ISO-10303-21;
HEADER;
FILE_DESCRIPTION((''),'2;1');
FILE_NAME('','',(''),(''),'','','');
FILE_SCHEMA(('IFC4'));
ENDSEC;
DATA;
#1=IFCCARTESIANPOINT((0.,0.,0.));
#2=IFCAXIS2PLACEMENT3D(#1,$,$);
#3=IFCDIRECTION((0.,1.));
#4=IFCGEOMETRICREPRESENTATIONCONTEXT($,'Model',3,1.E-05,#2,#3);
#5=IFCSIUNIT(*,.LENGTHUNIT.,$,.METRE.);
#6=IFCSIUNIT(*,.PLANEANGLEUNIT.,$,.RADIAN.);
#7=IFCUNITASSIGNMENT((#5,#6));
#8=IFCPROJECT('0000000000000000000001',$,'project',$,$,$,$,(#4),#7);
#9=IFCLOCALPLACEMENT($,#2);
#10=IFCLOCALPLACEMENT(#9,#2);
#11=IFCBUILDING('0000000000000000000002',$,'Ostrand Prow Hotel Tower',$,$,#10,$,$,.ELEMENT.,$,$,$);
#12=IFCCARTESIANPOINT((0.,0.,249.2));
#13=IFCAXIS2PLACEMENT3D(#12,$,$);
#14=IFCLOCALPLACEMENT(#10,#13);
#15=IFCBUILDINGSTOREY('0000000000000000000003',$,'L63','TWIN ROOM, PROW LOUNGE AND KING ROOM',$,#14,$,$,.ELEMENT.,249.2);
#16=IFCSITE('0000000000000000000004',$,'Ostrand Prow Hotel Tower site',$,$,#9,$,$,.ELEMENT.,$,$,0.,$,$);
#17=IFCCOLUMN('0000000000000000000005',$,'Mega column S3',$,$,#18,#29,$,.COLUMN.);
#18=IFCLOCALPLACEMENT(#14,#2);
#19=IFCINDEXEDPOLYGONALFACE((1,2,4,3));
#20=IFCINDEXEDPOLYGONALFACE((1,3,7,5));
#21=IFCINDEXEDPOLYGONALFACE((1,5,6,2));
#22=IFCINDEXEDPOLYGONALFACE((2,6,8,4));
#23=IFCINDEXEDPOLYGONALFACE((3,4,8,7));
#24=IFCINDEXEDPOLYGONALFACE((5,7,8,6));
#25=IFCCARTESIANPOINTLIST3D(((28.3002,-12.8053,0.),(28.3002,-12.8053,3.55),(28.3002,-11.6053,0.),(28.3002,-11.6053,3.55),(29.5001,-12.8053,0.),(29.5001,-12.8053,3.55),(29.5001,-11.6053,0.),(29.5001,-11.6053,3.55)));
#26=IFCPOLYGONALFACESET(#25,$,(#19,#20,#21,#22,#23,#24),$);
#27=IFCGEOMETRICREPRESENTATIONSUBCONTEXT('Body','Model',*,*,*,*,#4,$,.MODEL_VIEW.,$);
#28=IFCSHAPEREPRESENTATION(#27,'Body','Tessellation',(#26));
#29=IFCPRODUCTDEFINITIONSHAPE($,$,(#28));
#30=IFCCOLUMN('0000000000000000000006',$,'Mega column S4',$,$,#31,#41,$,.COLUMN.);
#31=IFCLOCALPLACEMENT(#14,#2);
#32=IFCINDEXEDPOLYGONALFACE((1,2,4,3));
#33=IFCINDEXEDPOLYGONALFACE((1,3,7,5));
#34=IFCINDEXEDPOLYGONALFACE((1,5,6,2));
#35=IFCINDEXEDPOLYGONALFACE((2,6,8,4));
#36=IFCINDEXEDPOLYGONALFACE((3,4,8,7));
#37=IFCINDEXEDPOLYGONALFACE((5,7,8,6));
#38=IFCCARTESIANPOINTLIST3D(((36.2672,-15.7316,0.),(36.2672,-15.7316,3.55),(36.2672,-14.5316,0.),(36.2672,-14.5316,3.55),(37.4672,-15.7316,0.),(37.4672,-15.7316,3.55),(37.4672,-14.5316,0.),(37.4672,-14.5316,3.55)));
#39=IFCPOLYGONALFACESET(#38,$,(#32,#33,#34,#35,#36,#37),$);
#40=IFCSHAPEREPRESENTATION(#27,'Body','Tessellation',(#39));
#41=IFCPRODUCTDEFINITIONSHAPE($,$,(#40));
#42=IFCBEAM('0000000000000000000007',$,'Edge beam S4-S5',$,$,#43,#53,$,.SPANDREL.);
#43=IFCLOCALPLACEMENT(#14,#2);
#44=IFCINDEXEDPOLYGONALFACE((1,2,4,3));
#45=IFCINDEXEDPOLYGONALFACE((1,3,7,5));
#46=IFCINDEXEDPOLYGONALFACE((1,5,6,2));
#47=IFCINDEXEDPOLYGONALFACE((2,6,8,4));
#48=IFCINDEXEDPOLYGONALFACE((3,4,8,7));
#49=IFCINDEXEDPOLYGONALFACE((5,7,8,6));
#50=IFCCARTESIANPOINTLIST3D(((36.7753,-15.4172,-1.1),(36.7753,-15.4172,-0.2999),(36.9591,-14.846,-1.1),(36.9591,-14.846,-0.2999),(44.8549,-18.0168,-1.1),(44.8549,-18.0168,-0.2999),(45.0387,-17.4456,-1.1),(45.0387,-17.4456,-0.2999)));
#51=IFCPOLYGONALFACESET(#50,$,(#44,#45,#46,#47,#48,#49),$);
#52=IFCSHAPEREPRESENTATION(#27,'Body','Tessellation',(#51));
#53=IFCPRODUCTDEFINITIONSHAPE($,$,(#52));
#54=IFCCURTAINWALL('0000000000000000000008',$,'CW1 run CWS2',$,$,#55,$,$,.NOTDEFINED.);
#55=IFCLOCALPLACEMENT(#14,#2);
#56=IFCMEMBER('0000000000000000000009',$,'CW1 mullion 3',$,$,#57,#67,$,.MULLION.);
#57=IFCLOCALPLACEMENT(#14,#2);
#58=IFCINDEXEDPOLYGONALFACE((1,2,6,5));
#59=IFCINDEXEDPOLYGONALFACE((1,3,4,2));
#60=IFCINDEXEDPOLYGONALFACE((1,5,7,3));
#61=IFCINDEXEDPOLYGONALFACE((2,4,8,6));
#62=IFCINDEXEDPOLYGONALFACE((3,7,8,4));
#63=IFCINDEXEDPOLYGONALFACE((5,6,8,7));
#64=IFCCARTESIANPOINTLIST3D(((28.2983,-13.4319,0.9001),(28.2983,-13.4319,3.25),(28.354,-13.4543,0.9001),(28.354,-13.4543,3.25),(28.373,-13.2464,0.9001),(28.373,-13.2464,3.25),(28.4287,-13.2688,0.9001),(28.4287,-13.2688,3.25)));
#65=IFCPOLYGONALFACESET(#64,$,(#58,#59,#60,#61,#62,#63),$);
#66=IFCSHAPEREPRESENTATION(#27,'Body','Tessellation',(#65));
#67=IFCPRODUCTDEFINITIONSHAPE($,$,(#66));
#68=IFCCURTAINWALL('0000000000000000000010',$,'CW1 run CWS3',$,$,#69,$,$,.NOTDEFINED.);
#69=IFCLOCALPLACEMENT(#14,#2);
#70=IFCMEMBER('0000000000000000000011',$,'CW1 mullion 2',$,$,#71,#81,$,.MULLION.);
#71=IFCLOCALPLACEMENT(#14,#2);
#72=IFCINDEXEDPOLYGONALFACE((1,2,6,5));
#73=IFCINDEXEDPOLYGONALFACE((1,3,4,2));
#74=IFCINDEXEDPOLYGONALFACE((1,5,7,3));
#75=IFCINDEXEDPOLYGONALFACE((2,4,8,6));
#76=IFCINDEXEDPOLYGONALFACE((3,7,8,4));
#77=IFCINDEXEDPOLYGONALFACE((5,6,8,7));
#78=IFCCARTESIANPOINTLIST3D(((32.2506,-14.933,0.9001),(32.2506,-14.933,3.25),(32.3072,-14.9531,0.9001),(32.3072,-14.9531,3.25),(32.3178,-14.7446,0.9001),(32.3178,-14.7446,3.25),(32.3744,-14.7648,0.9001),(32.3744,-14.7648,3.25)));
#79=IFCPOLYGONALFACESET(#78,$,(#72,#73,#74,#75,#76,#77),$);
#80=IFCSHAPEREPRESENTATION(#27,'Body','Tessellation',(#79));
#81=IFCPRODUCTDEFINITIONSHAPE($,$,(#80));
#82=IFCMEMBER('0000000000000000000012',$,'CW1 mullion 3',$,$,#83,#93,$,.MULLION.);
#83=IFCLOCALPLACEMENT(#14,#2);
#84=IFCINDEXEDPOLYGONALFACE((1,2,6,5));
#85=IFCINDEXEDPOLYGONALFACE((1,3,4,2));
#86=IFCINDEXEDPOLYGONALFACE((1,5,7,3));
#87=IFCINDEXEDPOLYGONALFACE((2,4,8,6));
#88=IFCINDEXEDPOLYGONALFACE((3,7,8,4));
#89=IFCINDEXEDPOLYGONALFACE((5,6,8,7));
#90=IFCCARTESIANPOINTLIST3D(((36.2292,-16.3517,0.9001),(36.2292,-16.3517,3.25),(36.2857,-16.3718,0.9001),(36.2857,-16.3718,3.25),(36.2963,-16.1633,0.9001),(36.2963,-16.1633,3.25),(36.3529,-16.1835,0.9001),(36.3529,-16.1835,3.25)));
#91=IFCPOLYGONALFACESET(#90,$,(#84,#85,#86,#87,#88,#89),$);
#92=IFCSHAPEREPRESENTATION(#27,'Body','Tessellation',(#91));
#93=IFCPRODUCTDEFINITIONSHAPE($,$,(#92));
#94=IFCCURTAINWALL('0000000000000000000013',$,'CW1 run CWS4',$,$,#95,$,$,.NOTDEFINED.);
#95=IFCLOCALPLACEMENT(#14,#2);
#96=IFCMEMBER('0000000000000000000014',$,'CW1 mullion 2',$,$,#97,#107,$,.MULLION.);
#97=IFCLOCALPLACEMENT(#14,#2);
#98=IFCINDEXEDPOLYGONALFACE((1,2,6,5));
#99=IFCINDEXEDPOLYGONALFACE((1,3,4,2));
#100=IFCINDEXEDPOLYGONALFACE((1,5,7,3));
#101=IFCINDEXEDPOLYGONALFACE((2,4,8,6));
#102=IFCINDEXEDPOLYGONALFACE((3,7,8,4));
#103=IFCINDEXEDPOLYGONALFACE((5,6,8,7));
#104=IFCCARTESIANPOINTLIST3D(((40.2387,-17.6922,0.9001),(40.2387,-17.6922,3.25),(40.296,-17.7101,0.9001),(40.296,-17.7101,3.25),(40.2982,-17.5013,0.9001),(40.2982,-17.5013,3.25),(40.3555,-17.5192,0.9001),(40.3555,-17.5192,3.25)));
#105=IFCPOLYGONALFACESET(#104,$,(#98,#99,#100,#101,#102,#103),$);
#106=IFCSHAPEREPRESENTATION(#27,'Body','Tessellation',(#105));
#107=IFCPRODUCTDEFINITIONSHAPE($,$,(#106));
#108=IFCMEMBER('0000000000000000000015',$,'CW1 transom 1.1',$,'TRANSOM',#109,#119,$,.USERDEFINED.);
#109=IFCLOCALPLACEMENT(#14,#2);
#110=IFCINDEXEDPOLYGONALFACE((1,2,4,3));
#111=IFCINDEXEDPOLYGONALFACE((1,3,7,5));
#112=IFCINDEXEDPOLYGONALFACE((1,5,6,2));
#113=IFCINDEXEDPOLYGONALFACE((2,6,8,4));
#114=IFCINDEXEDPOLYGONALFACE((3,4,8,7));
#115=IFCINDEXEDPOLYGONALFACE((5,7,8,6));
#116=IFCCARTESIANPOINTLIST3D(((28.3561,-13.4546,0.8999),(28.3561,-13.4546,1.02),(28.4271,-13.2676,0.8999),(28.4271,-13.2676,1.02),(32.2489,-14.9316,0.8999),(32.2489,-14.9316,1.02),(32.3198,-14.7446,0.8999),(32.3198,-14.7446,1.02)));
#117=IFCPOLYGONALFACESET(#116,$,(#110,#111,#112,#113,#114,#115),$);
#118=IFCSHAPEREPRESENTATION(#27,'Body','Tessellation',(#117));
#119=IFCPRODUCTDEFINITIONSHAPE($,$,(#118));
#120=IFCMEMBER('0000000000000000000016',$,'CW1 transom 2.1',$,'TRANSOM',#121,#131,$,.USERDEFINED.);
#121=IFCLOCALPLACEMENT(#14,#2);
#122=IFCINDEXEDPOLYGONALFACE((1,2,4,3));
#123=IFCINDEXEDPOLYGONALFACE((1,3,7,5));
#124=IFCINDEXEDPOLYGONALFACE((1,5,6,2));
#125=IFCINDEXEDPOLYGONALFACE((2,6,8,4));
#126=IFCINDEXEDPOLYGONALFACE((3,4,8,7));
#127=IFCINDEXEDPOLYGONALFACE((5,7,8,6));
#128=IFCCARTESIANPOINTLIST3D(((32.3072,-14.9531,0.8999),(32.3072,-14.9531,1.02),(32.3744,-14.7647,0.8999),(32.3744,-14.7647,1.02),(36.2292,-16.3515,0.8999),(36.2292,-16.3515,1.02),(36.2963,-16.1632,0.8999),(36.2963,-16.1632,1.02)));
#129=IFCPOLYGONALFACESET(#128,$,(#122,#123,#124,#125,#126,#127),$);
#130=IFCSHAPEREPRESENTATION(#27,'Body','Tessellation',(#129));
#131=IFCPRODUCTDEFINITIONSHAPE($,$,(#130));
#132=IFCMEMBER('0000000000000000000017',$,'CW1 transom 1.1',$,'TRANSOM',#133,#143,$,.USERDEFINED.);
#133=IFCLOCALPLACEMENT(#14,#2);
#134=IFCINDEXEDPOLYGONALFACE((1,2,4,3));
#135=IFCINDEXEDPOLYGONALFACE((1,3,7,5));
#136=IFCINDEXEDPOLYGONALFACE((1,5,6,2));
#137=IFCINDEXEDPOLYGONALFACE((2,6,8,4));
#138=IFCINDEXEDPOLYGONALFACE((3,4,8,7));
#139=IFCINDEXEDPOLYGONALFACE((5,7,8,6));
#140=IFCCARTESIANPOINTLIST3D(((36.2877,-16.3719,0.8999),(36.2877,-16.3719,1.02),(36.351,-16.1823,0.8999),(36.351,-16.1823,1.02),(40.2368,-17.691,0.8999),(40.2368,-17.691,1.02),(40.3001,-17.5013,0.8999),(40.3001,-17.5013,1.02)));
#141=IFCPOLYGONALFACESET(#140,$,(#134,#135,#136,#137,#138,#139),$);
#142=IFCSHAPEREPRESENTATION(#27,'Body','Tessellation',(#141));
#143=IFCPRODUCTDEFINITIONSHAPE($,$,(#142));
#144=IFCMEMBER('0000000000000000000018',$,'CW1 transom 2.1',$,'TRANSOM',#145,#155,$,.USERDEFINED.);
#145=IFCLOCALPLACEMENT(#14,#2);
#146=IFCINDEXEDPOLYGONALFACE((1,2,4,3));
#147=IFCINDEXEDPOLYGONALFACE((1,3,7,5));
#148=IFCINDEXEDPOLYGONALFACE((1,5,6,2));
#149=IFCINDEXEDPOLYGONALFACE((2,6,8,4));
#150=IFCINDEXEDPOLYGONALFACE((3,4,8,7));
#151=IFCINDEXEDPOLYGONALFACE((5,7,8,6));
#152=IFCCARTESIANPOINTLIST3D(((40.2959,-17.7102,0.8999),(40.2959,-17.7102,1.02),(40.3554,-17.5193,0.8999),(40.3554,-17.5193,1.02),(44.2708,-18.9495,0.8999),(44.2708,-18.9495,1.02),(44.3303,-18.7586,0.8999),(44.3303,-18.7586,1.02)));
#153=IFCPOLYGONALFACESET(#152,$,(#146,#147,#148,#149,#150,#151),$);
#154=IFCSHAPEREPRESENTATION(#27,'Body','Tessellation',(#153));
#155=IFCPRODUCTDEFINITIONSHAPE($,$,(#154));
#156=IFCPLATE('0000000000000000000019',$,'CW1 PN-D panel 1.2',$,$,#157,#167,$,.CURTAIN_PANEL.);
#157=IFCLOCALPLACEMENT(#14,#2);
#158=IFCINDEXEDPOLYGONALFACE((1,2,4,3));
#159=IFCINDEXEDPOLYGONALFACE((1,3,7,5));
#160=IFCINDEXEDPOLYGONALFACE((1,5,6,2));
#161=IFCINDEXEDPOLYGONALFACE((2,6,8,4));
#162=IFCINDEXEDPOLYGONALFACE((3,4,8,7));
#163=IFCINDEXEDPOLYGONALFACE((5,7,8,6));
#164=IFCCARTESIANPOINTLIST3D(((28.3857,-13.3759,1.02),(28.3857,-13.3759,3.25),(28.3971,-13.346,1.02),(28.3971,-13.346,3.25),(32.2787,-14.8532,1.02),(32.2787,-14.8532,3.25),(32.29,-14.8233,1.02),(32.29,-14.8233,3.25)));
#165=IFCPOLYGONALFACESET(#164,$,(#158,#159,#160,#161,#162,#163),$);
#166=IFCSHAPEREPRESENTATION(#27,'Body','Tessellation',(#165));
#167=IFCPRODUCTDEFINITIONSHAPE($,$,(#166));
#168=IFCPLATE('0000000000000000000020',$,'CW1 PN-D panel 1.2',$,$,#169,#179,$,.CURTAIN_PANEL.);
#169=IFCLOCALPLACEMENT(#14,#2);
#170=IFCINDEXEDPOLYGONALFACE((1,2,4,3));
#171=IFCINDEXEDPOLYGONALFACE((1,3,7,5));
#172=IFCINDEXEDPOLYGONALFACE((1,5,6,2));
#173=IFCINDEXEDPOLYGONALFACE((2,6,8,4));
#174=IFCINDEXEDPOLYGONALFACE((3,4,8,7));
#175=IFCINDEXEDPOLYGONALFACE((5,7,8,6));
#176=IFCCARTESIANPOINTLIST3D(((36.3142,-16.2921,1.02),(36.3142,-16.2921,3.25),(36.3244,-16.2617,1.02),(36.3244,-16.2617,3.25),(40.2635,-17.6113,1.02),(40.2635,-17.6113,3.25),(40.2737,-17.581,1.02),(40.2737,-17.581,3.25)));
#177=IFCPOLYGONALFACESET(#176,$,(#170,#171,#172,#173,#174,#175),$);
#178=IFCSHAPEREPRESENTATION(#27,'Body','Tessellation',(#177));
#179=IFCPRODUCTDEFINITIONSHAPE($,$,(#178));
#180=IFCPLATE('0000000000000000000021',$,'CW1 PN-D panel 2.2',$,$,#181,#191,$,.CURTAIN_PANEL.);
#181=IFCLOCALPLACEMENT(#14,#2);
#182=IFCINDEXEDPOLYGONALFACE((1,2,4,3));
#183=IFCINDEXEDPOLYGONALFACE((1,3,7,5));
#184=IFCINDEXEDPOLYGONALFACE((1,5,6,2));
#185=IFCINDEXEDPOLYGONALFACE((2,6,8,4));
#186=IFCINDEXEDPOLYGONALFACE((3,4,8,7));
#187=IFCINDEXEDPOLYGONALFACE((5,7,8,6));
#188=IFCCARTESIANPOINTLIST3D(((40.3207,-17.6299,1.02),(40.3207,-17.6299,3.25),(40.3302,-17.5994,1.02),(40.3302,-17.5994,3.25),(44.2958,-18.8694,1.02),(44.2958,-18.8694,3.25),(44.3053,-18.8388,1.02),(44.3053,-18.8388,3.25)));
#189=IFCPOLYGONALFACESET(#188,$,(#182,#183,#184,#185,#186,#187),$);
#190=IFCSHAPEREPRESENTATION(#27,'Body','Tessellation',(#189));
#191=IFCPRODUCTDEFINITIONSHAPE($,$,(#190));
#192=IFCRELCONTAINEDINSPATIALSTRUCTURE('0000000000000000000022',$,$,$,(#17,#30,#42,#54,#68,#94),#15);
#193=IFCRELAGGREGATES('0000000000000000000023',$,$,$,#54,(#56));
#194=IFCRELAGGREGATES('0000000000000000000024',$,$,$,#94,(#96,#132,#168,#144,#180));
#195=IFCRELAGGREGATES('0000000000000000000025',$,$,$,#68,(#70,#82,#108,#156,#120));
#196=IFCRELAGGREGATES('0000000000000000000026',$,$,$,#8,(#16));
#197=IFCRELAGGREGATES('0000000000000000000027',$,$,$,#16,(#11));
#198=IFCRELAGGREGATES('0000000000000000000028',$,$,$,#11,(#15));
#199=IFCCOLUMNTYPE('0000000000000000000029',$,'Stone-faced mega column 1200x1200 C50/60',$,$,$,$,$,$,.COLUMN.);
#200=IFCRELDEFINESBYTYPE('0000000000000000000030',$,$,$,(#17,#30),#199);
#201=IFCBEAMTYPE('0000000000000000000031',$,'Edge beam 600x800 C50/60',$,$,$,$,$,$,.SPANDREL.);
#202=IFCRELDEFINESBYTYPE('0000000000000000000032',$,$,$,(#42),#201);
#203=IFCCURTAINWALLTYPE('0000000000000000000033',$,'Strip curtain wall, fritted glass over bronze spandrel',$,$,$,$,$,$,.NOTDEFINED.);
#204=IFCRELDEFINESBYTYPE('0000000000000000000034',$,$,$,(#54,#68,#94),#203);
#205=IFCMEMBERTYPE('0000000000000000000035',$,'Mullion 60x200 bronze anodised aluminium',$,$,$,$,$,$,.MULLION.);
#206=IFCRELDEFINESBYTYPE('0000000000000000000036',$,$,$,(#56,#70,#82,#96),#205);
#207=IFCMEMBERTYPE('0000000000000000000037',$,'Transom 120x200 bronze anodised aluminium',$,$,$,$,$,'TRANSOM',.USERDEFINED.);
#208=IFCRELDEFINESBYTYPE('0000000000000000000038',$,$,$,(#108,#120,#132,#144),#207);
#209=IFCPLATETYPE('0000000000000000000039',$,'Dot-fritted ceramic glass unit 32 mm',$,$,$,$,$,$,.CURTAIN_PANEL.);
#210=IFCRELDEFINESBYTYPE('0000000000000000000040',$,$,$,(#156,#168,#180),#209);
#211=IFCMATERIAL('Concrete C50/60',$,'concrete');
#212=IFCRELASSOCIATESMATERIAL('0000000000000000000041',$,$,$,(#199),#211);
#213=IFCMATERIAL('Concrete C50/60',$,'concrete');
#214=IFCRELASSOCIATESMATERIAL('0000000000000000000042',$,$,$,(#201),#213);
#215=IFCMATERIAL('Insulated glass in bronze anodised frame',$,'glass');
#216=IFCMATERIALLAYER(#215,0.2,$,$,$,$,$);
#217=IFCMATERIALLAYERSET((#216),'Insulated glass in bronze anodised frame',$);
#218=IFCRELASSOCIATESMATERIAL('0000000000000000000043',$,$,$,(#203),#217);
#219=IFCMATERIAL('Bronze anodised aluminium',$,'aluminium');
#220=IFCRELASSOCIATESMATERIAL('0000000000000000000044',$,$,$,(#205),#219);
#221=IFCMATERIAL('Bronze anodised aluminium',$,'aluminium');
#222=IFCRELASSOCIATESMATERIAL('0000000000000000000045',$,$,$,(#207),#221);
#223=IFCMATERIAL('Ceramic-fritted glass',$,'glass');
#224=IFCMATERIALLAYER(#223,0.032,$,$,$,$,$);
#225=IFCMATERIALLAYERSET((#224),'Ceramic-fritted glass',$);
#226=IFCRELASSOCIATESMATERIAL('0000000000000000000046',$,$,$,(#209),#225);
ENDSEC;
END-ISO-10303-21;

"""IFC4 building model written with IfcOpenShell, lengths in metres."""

from ifc_helpers import new_model, si_unit, direction, frame, origin, origin_2d, place, context, subcontext, project, spatial, rectangle, extrude, material, layer, layer_set, material_profile, profile_set, type_object, element, aggregate, save


model = new_model("IFC4")

# Units and contexts
model_context = context("Model", 3, precision=1e-05, world=origin(), true_north=direction((0.0, 1.0)))
body_context = subcontext(model_context, "Body", "Model", "MODEL_VIEW")
ifc_project = project(units=[si_unit("LENGTHUNIT", "METRE"), si_unit("PLANEANGLEUNIT", "RADIAN")], contexts=[model_context])

# Site, building, storey
site_placement = place(None, origin())
site = spatial("IfcSite", under=ifc_project, at=site_placement, Name="Ostrand Prow Hotel Tower site", CompositionType="ELEMENT", RefElevation=0.0)
building_placement = place(site_placement, origin())
building = spatial("IfcBuilding", under=site, at=building_placement, Name="Ostrand Prow Hotel Tower", CompositionType="ELEMENT")
storey_placement = place(building_placement, frame((0.0, 0.0, 249.2)))
storey = spatial("IfcBuildingStorey", under=building, at=storey_placement, Name="L63", Description="TWIN ROOM, PROW LOUNGE AND KING ROOM", CompositionType="ELEMENT", Elevation=249.2)

# Columns
ifc_material_1 = material(Name="Concrete C50/60", Category="concrete")
ifc_material_profile_1 = material_profile(ifc_material_1, rectangle(XDim=1.2, YDim=1.2, at=origin_2d()), Name="RC 1200x1200")
ifc_profile_set_1 = profile_set([ifc_material_profile_1], Name="Concrete C50/60")
column_type = type_object("IfcColumnType", Name="Stone-faced mega column 1200x1200 C50/60", PredefinedType="COLUMN", material=ifc_profile_set_1)
for number, where, z_axis, x_axis, name in (
    (1, (28.9001, -12.2053, 0.0), (0.0, 0.0, 1.0), (1.0, 0.0, 0.0), "Mega column S3"),
    (2, (36.8672, -15.1316, 0.0), (0.0, 0.0, 1.0), (1.0, 0.0, 0.0), "Mega column S4"),
):
    element("IfcColumn", number, at=place(storey_placement, frame(where, z_axis=z_axis, x_axis=x_axis)), inside=storey, type_object=column_type, Name=name, PredefinedType="COLUMN", context=body_context, shape_type="SweptSolid", body=[
        extrude(rectangle(XDim=1.2, YDim=1.2, at=origin_2d()), origin(), (0.0, 0.0, 1.0), 3.55),
    ])

# Beam
ifc_material_2 = material(Name="Concrete C50/60", Category="concrete")
ifc_material_profile_2 = material_profile(ifc_material_2, rectangle(XDim=0.6001, YDim=0.8, at=origin_2d()), Name="RC 600x800")
ifc_profile_set_2 = profile_set([ifc_material_profile_2], Name="Concrete C50/60")
beam_type = type_object("IfcBeamType", Name="Edge beam 600x800 C50/60", PredefinedType="SPANDREL", material=ifc_profile_set_2)
beam_placement = place(storey_placement, frame((36.8672, -15.1316, -0.7), z_axis=(0.951939, -0.306287, 0.0), x_axis=(0.306287, 0.951939, 0.0)))
element("IfcBeam", 3, at=beam_placement, inside=storey, type_object=beam_type, Name="Edge beam S4-S5", PredefinedType="SPANDREL", context=body_context, shape_type="SweptSolid", body=[
    extrude(rectangle(XDim=0.6001, YDim=0.8, at=origin_2d()), origin(), (0.0, 0.0, 1.0), 8.4875),
])

# Curtain wall, member
ifc_material_3 = material(Name="Insulated glass in bronze anodised frame", Category="glass")
ifc_layer_1 = layer(ifc_material_3, 0.2)
ifc_layer_set_1 = layer_set([ifc_layer_1], Name="Insulated glass in bronze anodised frame")
curtain_wall_type = type_object("IfcCurtainWallType", Name="Strip curtain wall, fritted glass over bronze spandrel", PredefinedType="NOTDEFINED", material=ifc_layer_set_1)
curtain_wall_1_placement = place(storey_placement, origin())
curtain_wall_1 = element("IfcCurtainWall", 4, at=curtain_wall_1_placement, inside=storey, type_object=curtain_wall_type, Name="CW1 run CWS2", PredefinedType="NOTDEFINED")
ifc_material_4 = material(Name="Bronze anodised aluminium", Category="aluminium")
ifc_material_profile_3 = material_profile(ifc_material_4, rectangle(XDim=0.2, YDim=0.0601, at=origin_2d()), Name="Mullion 60x200 bronze anodised aluminium")
ifc_profile_set_3 = profile_set([ifc_material_profile_3], Name="Bronze anodised aluminium")
member_type_1 = type_object("IfcMemberType", Name="Mullion 60x200 bronze anodised aluminium", PredefinedType="MULLION", material=ifc_profile_set_3)
member_1_placement = place(storey_placement, frame((28.3635, -13.3503, 0.9001), z_axis=(0.0, 0.0, 1.0), x_axis=(0.373533, 0.927617, 0.0)))
member_1 = element("IfcMember", 5, at=member_1_placement, type_object=member_type_1, Name="CW1 mullion 3", PredefinedType="MULLION", context=body_context, shape_type="SweptSolid", body=[
    extrude(rectangle(XDim=0.2, YDim=0.0601, at=origin_2d()), origin(), (0.0, 0.0, 1.0), 2.3499),
])
aggregate(curtain_wall_1, [member_1])

# Curtain wall, members
curtain_wall_2_placement = place(storey_placement, origin())
curtain_wall_2 = element("IfcCurtainWall", 6, at=curtain_wall_2_placement, inside=storey, type_object=curtain_wall_type, Name="CW1 run CWS3", PredefinedType="NOTDEFINED")
member_2_placement = place(storey_placement, frame((32.3125, -14.8489, 0.9001), z_axis=(0.0, 0.0, 1.0), x_axis=(0.335877, 0.941906, 0.0)))
member_2 = element("IfcMember", 7, at=member_2_placement, type_object=member_type_1, Name="CW1 mullion 2", PredefinedType="MULLION", context=body_context, shape_type="SweptSolid", body=[
    extrude(rectangle(XDim=0.2, YDim=0.0601, at=origin_2d()), origin(), (0.0, 0.0, 1.0), 2.3499),
])
member_3_placement = place(storey_placement, frame((36.291, -16.2676, 0.9001), z_axis=(0.0, 0.0, 1.0), x_axis=(0.335877, 0.941906, 0.0)))
member_3 = element("IfcMember", 8, at=member_3_placement, type_object=member_type_1, Name="CW1 mullion 3", PredefinedType="MULLION", context=body_context, shape_type="SweptSolid", body=[
    extrude(rectangle(XDim=0.2, YDim=0.0601, at=origin_2d()), origin(), (0.0, 0.0, 1.0), 2.3499),
])

# Curtain wall, member
curtain_wall_3_placement = place(storey_placement, origin())
curtain_wall_3 = element("IfcCurtainWall", 9, at=curtain_wall_3_placement, inside=storey, type_object=curtain_wall_type, Name="CW1 run CWS4", PredefinedType="NOTDEFINED")
member_4_placement = place(storey_placement, frame((40.2971, -17.6057, 0.9001), z_axis=(0.0, 0.0, 1.0), x_axis=(0.297678, 0.954666, 0.0)))
member_4 = element("IfcMember", 10, at=member_4_placement, type_object=member_type_1, Name="CW1 mullion 2", PredefinedType="MULLION", context=body_context, shape_type="SweptSolid", body=[
    extrude(rectangle(XDim=0.2, YDim=0.0601, at=origin_2d()), origin(), (0.0, 0.0, 1.0), 2.3499),
])

# Members
ifc_material_5 = material(Name="Bronze anodised aluminium", Category="aluminium")
ifc_material_profile_4 = material_profile(ifc_material_5, rectangle(XDim=0.2, YDim=0.1201, at=origin_2d()), Name="Transom 120x200 bronze anodised aluminium")
ifc_profile_set_4 = profile_set([ifc_material_profile_4], Name="Bronze anodised aluminium")
member_type_2 = type_object("IfcMemberType", Name="Transom 120x200 bronze anodised aluminium", ElementType="TRANSOM", PredefinedType="USERDEFINED", material=ifc_profile_set_4)
member_5_placement = place(storey_placement, frame((28.3916, -13.3611, 0.96), z_axis=(0.934961, -0.354751, 0.0), x_axis=(0.354751, 0.934961, 0.0)))
member_5 = element("IfcMember", 11, at=member_5_placement, type_object=member_type_2, Name="CW1 transom 1.1", ObjectType="TRANSOM", PredefinedType="USERDEFINED", context=body_context, shape_type="SweptSolid", body=[
    extrude(rectangle(XDim=0.2, YDim=0.1201, at=origin_2d()), origin(), (0.0, 0.0, 1.0), 4.1636),
])
member_6_placement = place(storey_placement, frame((32.3408, -14.8589, 0.96), z_axis=(0.941912, -0.335861, 0.0), x_axis=(0.335861, 0.941912, 0.0)))
member_6 = element("IfcMember", 12, at=member_6_placement, type_object=member_type_2, Name="CW1 transom 2.1", ObjectType="TRANSOM", PredefinedType="USERDEFINED", context=body_context, shape_type="SweptSolid", body=[
    extrude(rectangle(XDim=0.2, YDim=0.1201, at=origin_2d()), origin(), (0.0, 0.0, 1.0), 4.1638),
])
member_7_placement = place(storey_placement, frame((36.3193, -16.2771, 0.96), z_axis=(0.94849, -0.316808, 0.0), x_axis=(0.316808, 0.94849, 0.0)))
member_7 = element("IfcMember", 13, at=member_7_placement, type_object=member_type_2, Name="CW1 transom 1.1", ObjectType="TRANSOM", PredefinedType="USERDEFINED", context=body_context, shape_type="SweptSolid", body=[
    extrude(rectangle(XDim=0.2, YDim=0.1201, at=origin_2d()), origin(), (0.0, 0.0, 1.0), 4.1636),
])
member_8_placement = place(storey_placement, frame((40.3257, -17.6147, 0.96), z_axis=(0.954677, -0.297644, 0.0), x_axis=(0.297644, 0.954677, 0.0)))
member_8 = element("IfcMember", 14, at=member_8_placement, type_object=member_type_2, Name="CW1 transom 2.1", ObjectType="TRANSOM", PredefinedType="USERDEFINED", context=body_context, shape_type="SweptSolid", body=[
    extrude(rectangle(XDim=0.2, YDim=0.1201, at=origin_2d()), origin(), (0.0, 0.0, 1.0), 4.1636),
])

# Plates
ifc_material_6 = material(Name="Ceramic-fritted glass", Category="glass")
ifc_layer_2 = layer(ifc_material_6, 0.032)
ifc_layer_set_2 = layer_set([ifc_layer_2], Name="Ceramic-fritted glass")
plate_type_1 = type_object("IfcPlateType", Name="Dot-fritted ceramic glass unit 32 mm", PredefinedType="CURTAIN_PANEL", material=ifc_layer_set_2)
plate_1_placement = place(storey_placement, frame((30.3379, -14.0996, 1.02), z_axis=(0.0, 0.0, 1.0), x_axis=(0.934951, -0.354777, 0.0)))
plate_1 = element("IfcPlate", 15, at=plate_1_placement, type_object=plate_type_1, Name="CW1 PN-D panel 1.2", PredefinedType="CURTAIN_PANEL", context=body_context, shape_type="SweptSolid", body=[
    extrude(rectangle(XDim=4.1638, YDim=0.032, at=origin_2d()), origin(), (0.0, 0.0, 1.0), 2.23),
])
plate_2_placement = place(storey_placement, frame((38.2939, -16.9365, 1.02), z_axis=(0.0, 0.0, 1.0), x_axis=(0.948479, -0.316841, 0.0)))
plate_2 = element("IfcPlate", 16, at=plate_2_placement, type_object=plate_type_1, Name="CW1 PN-D panel 1.2", PredefinedType="CURTAIN_PANEL", context=body_context, shape_type="SweptSolid", body=[
    extrude(rectangle(XDim=4.1638, YDim=0.032, at=origin_2d()), origin(), (0.0, 0.0, 1.0), 2.23),
])
plate_3_placement = place(storey_placement, frame((42.313, -18.2344, 1.02), z_axis=(0.0, 0.0, 1.0), x_axis=(0.954666, -0.297678, 0.0)))
plate_3 = element("IfcPlate", 17, at=plate_3_placement, type_object=plate_type_1, Name="CW1 PN-D panel 2.2", PredefinedType="CURTAIN_PANEL", context=body_context, shape_type="SweptSolid", body=[
    extrude(rectangle(XDim=4.1638, YDim=0.032, at=origin_2d()), origin(), (0.0, 0.0, 1.0), 2.23),
])
aggregate(curtain_wall_3, [member_4, member_7, plate_2, member_8, plate_3])
aggregate(curtain_wall_2, [member_2, member_3, member_5, plate_1, member_6])

save(model, "model.ifc")
